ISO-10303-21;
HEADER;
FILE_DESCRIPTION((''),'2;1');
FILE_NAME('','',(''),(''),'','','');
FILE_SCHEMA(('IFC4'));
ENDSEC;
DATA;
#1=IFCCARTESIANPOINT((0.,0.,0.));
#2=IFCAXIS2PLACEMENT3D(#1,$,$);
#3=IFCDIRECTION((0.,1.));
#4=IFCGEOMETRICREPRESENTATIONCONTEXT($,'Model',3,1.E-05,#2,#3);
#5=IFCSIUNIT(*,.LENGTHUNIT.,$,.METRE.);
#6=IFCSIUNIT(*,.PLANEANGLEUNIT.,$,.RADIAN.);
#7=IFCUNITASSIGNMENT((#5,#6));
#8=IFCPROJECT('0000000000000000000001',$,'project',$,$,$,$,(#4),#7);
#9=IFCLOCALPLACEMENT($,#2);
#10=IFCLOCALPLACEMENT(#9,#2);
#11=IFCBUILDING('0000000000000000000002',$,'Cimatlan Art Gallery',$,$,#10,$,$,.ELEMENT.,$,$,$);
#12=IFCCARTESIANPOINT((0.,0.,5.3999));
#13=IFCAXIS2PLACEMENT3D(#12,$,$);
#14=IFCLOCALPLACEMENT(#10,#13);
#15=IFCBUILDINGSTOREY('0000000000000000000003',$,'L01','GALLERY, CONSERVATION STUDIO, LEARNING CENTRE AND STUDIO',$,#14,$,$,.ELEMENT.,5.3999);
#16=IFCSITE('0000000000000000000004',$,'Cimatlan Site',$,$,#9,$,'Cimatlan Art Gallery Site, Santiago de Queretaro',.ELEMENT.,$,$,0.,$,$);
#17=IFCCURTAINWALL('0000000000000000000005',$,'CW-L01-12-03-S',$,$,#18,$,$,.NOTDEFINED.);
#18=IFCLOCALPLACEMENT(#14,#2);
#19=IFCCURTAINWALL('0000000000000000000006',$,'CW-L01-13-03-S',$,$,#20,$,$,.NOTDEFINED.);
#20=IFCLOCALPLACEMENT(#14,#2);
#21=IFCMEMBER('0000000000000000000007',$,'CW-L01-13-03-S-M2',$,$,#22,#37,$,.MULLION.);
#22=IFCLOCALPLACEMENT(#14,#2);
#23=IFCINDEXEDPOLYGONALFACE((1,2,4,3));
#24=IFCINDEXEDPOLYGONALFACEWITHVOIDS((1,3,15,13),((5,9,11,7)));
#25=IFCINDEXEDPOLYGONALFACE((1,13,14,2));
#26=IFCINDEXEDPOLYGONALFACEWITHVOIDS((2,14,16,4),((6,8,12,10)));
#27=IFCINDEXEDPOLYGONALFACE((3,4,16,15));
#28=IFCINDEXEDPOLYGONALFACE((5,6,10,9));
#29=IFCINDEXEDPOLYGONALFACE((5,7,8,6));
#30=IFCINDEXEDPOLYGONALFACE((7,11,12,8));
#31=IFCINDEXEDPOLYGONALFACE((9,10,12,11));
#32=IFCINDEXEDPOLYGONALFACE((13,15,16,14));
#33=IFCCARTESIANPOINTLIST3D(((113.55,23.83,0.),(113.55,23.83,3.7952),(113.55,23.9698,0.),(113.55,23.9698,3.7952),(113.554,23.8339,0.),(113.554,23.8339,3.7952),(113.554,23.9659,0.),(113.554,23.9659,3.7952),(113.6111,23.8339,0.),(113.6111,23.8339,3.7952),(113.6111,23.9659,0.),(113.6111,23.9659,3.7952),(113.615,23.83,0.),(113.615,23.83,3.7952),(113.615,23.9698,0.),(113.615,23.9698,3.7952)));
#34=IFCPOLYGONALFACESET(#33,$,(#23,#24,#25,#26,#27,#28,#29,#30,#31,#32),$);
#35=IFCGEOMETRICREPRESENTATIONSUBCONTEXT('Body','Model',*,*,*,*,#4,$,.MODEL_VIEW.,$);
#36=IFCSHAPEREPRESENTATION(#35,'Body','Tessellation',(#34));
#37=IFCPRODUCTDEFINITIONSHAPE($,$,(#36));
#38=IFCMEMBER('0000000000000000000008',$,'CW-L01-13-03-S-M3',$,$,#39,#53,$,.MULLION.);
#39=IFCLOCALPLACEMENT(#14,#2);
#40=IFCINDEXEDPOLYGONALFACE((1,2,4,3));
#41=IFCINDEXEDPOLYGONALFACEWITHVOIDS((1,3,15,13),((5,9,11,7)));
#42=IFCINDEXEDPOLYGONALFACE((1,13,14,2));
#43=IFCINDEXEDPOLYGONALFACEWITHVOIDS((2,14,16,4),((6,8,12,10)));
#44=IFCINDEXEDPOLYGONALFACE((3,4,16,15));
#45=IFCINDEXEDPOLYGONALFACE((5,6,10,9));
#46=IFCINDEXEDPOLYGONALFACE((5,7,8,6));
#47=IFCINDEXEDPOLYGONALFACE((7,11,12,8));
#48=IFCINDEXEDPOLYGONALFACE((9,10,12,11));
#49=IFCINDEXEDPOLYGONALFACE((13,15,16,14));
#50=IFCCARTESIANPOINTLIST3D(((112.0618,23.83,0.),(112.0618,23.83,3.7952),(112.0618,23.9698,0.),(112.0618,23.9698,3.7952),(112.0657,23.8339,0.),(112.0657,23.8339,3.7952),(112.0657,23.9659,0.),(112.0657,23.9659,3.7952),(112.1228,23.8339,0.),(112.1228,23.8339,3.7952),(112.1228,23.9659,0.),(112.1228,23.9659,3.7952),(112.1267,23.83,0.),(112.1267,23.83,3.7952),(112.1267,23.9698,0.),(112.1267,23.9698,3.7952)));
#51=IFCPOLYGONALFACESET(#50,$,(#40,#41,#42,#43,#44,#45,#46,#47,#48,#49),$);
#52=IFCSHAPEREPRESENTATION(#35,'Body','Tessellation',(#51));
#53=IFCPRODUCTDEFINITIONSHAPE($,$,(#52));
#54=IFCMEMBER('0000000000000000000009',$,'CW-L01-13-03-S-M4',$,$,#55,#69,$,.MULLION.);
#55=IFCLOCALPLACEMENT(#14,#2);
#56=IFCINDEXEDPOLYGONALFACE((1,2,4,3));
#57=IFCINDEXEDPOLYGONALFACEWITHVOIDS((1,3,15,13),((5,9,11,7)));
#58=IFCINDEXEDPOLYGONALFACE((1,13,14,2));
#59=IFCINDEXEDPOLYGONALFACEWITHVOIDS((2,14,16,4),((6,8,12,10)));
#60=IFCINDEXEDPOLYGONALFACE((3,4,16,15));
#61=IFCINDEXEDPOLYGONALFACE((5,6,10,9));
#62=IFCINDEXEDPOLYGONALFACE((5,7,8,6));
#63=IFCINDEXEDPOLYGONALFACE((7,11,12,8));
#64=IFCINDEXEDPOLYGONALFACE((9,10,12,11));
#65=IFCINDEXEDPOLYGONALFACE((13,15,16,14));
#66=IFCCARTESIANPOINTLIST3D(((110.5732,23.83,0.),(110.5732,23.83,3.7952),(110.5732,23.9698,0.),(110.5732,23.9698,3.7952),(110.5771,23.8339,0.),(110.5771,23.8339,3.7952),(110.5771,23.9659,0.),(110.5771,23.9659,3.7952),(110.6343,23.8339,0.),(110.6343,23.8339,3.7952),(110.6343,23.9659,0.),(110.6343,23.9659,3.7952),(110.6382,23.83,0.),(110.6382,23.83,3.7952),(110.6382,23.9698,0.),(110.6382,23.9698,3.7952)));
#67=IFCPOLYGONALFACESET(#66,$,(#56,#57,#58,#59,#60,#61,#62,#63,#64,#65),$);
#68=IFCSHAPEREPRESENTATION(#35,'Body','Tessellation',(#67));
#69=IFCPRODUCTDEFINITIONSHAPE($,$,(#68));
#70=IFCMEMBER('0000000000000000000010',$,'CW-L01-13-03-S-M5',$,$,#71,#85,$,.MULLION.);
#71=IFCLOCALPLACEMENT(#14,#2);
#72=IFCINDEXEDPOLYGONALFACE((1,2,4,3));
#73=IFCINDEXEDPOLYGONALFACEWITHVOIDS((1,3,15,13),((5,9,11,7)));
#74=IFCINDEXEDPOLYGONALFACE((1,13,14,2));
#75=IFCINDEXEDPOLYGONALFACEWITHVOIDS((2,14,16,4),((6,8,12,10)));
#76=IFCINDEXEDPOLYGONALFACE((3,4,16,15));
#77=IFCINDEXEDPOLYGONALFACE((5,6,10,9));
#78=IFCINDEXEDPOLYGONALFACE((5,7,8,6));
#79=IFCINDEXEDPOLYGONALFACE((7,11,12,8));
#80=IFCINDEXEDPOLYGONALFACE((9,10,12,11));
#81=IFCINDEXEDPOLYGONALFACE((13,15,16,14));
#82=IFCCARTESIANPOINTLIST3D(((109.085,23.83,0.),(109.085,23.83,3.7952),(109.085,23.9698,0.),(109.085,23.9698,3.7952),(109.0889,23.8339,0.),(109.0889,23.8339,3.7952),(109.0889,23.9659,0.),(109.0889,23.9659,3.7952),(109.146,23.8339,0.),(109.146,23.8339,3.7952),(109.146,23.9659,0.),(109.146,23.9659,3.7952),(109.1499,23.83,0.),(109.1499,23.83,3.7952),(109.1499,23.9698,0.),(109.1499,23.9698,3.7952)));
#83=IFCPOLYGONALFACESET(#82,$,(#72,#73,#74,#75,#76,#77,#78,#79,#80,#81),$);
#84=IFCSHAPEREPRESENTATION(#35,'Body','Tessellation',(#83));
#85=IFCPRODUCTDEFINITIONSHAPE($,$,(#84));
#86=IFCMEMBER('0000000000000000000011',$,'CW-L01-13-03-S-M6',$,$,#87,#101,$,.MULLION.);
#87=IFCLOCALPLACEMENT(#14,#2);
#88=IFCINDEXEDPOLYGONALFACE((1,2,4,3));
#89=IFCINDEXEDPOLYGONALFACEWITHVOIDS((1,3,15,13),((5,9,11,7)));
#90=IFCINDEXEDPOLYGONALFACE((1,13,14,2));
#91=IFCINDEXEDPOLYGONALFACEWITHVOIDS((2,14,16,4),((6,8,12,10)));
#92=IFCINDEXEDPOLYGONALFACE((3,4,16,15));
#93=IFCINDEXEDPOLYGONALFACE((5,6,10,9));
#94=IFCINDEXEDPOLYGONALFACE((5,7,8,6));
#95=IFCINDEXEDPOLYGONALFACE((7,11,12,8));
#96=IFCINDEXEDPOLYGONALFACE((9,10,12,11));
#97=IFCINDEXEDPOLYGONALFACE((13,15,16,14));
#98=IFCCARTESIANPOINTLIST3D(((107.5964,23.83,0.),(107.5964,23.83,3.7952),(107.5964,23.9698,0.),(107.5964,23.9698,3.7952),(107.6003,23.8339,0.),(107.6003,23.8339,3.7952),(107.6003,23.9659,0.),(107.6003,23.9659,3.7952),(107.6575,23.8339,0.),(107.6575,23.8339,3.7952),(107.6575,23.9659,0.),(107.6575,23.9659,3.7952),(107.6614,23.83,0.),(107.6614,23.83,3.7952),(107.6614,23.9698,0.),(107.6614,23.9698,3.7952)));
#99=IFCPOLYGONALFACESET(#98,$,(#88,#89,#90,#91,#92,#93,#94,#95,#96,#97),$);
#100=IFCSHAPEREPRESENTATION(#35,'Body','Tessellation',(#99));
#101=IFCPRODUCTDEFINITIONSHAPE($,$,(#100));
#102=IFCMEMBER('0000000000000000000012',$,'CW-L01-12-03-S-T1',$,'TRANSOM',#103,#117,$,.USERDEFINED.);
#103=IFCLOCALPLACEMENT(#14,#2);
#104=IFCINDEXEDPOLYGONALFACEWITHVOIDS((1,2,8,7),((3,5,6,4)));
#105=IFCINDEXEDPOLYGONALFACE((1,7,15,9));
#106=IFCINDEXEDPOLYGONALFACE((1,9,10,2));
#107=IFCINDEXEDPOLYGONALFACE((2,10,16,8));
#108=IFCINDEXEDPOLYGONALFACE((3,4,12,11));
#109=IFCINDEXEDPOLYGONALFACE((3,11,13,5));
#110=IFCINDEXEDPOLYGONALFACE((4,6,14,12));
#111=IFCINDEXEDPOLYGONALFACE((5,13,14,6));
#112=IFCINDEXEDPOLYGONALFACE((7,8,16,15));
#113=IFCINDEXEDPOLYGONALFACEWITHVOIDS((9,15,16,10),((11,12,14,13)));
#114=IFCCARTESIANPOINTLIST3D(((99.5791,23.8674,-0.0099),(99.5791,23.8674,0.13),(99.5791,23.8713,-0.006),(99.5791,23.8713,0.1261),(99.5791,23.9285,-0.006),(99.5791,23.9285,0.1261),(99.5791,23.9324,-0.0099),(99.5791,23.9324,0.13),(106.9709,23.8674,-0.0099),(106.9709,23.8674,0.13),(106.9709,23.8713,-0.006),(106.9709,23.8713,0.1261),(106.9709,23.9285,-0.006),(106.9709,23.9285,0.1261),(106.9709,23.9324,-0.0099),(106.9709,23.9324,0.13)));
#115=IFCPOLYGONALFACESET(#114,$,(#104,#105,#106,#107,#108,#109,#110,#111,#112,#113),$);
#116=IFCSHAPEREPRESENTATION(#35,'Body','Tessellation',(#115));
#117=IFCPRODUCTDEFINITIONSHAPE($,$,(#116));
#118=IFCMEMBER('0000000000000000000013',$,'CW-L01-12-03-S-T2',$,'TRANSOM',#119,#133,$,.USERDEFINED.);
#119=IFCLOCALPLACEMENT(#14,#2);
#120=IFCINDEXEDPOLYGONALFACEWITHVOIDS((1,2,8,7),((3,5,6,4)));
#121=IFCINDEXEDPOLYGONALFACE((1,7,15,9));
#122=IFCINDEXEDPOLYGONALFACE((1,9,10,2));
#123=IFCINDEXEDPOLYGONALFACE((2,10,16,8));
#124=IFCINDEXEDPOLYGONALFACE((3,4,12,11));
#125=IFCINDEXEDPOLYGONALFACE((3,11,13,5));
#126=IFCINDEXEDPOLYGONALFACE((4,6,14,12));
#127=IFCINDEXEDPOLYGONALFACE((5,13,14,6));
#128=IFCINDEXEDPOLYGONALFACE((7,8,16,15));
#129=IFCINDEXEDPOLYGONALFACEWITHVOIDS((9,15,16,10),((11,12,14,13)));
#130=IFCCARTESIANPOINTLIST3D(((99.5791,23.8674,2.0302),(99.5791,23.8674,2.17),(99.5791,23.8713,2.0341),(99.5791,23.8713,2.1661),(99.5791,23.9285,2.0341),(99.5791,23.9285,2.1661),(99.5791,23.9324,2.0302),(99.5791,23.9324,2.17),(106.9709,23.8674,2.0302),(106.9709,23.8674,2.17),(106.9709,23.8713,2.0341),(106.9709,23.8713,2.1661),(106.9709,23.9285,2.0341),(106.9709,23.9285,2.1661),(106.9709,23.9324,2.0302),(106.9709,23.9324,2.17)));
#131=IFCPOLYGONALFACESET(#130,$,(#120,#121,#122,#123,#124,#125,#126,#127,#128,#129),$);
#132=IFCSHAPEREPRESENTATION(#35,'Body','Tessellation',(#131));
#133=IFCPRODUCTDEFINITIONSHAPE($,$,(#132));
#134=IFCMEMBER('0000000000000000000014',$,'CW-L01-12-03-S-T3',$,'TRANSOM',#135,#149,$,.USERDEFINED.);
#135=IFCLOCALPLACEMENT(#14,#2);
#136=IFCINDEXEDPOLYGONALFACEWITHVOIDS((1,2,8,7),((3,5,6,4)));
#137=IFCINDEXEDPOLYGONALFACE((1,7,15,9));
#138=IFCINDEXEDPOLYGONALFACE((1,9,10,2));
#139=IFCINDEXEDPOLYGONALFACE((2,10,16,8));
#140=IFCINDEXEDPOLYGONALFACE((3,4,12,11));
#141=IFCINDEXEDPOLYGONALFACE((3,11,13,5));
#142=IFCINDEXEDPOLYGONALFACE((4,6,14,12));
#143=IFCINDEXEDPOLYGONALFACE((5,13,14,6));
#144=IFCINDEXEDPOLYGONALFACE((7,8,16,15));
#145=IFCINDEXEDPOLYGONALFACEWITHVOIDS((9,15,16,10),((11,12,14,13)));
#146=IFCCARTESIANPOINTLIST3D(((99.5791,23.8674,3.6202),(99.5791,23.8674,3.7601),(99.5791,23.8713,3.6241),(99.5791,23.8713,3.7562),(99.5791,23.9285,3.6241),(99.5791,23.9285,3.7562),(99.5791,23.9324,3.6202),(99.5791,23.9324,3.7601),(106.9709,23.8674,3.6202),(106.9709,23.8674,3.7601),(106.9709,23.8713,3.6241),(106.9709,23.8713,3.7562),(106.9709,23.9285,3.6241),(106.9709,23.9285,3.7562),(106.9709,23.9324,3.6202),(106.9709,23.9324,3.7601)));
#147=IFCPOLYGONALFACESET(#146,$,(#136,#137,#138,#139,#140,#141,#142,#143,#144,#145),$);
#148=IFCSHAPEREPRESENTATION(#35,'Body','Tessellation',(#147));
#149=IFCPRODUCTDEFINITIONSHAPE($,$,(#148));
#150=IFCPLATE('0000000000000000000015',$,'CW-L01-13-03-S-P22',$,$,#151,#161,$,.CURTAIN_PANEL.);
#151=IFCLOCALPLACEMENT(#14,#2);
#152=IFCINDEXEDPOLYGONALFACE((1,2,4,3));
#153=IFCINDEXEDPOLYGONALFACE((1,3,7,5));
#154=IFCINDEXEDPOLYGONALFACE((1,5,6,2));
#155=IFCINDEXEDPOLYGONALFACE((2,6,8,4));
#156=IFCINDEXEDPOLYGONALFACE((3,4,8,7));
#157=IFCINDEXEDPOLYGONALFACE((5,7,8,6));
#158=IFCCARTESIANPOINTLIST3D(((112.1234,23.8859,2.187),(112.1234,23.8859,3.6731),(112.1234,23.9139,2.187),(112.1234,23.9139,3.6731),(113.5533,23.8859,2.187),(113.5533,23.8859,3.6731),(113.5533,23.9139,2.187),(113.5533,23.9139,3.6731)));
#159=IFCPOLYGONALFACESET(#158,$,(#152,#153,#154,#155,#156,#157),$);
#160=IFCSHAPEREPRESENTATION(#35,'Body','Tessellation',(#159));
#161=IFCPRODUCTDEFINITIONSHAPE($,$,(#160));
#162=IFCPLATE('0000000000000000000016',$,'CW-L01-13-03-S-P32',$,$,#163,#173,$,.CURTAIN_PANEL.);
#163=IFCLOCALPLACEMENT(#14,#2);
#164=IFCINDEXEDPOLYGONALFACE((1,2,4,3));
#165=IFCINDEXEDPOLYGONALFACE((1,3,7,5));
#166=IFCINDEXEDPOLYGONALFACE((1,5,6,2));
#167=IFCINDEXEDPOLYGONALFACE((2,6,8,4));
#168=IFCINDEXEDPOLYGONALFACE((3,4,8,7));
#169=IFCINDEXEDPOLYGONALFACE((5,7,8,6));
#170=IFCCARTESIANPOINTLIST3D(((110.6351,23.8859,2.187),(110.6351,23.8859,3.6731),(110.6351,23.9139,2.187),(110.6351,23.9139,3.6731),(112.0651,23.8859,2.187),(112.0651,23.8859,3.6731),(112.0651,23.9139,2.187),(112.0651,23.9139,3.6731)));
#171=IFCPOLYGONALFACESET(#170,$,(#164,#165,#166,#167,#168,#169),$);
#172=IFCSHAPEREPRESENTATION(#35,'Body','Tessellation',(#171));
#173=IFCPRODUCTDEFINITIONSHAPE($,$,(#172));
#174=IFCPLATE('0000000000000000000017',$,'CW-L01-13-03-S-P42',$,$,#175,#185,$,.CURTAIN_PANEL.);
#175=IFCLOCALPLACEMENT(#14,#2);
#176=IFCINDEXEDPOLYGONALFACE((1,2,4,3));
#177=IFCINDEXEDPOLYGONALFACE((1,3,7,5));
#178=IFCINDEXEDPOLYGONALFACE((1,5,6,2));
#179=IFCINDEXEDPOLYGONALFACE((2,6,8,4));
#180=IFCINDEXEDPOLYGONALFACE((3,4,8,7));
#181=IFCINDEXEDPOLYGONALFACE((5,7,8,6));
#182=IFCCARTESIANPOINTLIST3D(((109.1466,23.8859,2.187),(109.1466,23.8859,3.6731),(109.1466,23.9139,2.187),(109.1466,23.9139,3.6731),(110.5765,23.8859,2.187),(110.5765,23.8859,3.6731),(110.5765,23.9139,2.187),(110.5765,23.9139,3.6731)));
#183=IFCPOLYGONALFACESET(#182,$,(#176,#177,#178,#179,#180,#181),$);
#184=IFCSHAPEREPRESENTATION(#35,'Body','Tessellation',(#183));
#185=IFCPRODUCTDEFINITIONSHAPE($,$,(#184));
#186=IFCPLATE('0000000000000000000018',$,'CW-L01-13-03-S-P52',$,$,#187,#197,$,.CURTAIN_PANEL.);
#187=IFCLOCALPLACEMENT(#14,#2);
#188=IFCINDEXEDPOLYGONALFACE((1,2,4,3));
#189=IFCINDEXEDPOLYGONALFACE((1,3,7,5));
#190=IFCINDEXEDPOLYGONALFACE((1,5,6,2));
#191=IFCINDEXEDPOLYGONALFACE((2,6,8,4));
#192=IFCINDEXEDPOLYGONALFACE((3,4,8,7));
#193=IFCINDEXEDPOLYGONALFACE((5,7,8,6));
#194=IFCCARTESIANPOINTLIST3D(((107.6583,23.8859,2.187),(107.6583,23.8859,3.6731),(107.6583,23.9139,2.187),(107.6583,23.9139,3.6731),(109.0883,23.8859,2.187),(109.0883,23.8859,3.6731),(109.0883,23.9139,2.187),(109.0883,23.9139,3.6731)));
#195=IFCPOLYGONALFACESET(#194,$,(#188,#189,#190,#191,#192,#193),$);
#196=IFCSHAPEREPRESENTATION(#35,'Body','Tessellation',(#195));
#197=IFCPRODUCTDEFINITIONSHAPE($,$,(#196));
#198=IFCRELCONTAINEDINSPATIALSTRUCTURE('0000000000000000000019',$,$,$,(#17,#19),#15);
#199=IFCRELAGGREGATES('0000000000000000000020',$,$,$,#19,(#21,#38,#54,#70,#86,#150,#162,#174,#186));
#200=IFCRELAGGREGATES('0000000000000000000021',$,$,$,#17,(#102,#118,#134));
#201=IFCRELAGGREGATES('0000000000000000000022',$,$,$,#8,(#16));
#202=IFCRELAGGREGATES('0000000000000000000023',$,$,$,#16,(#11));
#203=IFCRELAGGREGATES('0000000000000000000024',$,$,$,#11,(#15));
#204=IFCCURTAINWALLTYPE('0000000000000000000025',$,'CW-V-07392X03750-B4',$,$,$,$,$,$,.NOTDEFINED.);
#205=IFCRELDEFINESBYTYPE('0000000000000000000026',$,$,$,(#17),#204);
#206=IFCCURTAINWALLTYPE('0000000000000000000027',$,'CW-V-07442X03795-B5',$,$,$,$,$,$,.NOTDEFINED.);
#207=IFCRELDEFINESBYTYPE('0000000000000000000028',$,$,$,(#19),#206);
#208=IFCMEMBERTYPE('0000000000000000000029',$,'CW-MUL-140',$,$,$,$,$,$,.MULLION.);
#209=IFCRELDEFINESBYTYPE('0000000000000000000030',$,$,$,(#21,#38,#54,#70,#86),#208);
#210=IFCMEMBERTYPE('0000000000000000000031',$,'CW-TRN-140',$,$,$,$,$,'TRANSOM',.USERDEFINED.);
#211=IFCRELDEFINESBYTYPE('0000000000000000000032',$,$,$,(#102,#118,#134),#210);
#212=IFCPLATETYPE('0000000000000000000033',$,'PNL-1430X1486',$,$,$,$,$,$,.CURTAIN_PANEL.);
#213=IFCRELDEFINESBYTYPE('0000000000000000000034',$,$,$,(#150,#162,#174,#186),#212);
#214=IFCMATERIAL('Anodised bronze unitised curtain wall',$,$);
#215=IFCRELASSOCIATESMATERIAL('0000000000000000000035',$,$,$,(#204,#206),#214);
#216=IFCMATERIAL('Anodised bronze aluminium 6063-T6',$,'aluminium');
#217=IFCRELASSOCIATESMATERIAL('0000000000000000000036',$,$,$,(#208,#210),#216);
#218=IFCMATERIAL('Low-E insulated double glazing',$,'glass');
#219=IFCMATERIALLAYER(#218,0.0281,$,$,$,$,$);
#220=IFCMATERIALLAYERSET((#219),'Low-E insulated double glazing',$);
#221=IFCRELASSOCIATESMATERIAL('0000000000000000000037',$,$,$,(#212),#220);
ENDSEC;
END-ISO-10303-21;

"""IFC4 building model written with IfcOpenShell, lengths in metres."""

from ifc_helpers import new_model, si_unit, direction, frame, origin, origin_2d, place, context, subcontext, project, spatial, rectangle, hollow_rectangle, extrude, material, layer, layer_set, material_profile, profile_set, type_object, element, aggregate, save


model = new_model("IFC4")

# Units and contexts
model_context = context("Model", 3, precision=1e-05, world=origin(), true_north=direction((0.0, 1.0)))
body_context = subcontext(model_context, "Body", "Model", "MODEL_VIEW")
ifc_project = project(units=[si_unit("LENGTHUNIT", "METRE"), si_unit("PLANEANGLEUNIT", "RADIAN")], contexts=[model_context])

# Site, building, storey
site_placement = place(None, origin())
site = spatial("IfcSite", under=ifc_project, at=site_placement, Name="Cimatlan Site", LongName="Cimatlan Art Gallery Site, Santiago de Queretaro", CompositionType="ELEMENT", RefElevation=0.0)
building_placement = place(site_placement, origin())
building = spatial("IfcBuilding", under=site, at=building_placement, Name="Cimatlan Art Gallery", CompositionType="ELEMENT")
storey_placement = place(building_placement, frame((0.0, 0.0, 5.3999)))
storey = spatial("IfcBuildingStorey", under=building, at=storey_placement, Name="L01", Description="GALLERY, CONSERVATION STUDIO, LEARNING CENTRE AND STUDIO", CompositionType="ELEMENT", Elevation=5.3999)

# Curtain walls, members
ifc_material_1 = material(Name="Anodised bronze unitised curtain wall")
curtain_wall_type_1 = type_object("IfcCurtainWallType", Name="CW-V-07392X03750-B4", PredefinedType="NOTDEFINED", material=ifc_material_1)
curtain_wall_1_placement = place(storey_placement, origin())
curtain_wall_1 = element("IfcCurtainWall", 1, at=curtain_wall_1_placement, inside=storey, type_object=curtain_wall_type_1, Name="CW-L01-12-03-S", PredefinedType="NOTDEFINED")
ifc_material_2 = material(Name="Anodised bronze aluminium 6063-T6", Category="aluminium")
ifc_material_profile_1 = material_profile(ifc_material_2, hollow_rectangle(XDim=0.0649, YDim=0.1399, WallThickness=0.0039, at=origin_2d()), Name="ALU65X140X4")
ifc_profile_set_1 = profile_set([ifc_material_profile_1], Name="Anodised bronze aluminium 6063-T6")
member_type_1 = type_object("IfcMemberType", Name="CW-MUL-140", PredefinedType="MULLION", material=ifc_profile_set_1)
curtain_wall_type_2 = type_object("IfcCurtainWallType", Name="CW-V-07442X03795-B5", PredefinedType="NOTDEFINED", material=ifc_material_1)
curtain_wall_2_placement = place(storey_placement, origin())
curtain_wall_2 = element("IfcCurtainWall", 2, at=curtain_wall_2_placement, inside=storey, type_object=curtain_wall_type_2, Name="CW-L01-13-03-S", PredefinedType="NOTDEFINED")
member_1_placement = place(storey_placement, frame((113.5825, 23.8999, 0.0), z_axis=(0.0, 0.0, 1.0), x_axis=(1.0, 0.0, 0.0)))
member_1 = element("IfcMember", 3, at=member_1_placement, type_object=member_type_1, Name="CW-L01-13-03-S-M2", PredefinedType="MULLION", context=body_context, shape_type="SweptSolid", body=[
    extrude(hollow_rectangle(XDim=0.0649, YDim=0.1399, WallThickness=0.0039, at=origin_2d()), origin(), (0.0, 0.0, 1.0), 3.7952),
])
member_2_placement = place(storey_placement, frame((112.0942, 23.8999, 0.0), z_axis=(0.0, 0.0, 1.0), x_axis=(1.0, 0.0, 0.0)))
member_2 = element("IfcMember", 4, at=member_2_placement, type_object=member_type_1, Name="CW-L01-13-03-S-M3", PredefinedType="MULLION", context=body_context, shape_type="SweptSolid", body=[
    extrude(hollow_rectangle(XDim=0.0649, YDim=0.1399, WallThickness=0.0039, at=origin_2d()), origin(), (0.0, 0.0, 1.0), 3.7952),
])
member_3_placement = place(storey_placement, frame((110.6057, 23.8999, 0.0), z_axis=(0.0, 0.0, 1.0), x_axis=(1.0, 0.0, 0.0)))
member_3 = element("IfcMember", 5, at=member_3_placement, type_object=member_type_1, Name="CW-L01-13-03-S-M4", PredefinedType="MULLION", context=body_context, shape_type="SweptSolid", body=[
    extrude(hollow_rectangle(XDim=0.0649, YDim=0.1399, WallThickness=0.0039, at=origin_2d()), origin(), (0.0, 0.0, 1.0), 3.7952),
])
member_4_placement = place(storey_placement, frame((109.1174, 23.8999, 0.0), z_axis=(0.0, 0.0, 1.0), x_axis=(1.0, 0.0, 0.0)))
member_4 = element("IfcMember", 6, at=member_4_placement, type_object=member_type_1, Name="CW-L01-13-03-S-M5", PredefinedType="MULLION", context=body_context, shape_type="SweptSolid", body=[
    extrude(hollow_rectangle(XDim=0.0649, YDim=0.1399, WallThickness=0.0039, at=origin_2d()), origin(), (0.0, 0.0, 1.0), 3.7952),
])
member_5_placement = place(storey_placement, frame((107.6289, 23.8999, 0.0), z_axis=(0.0, 0.0, 1.0), x_axis=(1.0, 0.0, 0.0)))
member_5 = element("IfcMember", 7, at=member_5_placement, type_object=member_type_1, Name="CW-L01-13-03-S-M6", PredefinedType="MULLION", context=body_context, shape_type="SweptSolid", body=[
    extrude(hollow_rectangle(XDim=0.0649, YDim=0.1399, WallThickness=0.0039, at=origin_2d()), origin(), (0.0, 0.0, 1.0), 3.7952),
])

# Members
ifc_material_profile_2 = material_profile(ifc_material_2, hollow_rectangle(XDim=0.0649, YDim=0.1399, WallThickness=0.0039, at=origin_2d()), Name="ALU65X140X4")
ifc_profile_set_2 = profile_set([ifc_material_profile_2], Name="Anodised bronze aluminium 6063-T6")
member_type_2 = type_object("IfcMemberType", Name="CW-TRN-140", ElementType="TRANSOM", PredefinedType="USERDEFINED", material=ifc_profile_set_2)
member_6_placement = place(storey_placement, frame((106.9709, 23.8999, 0.0601), z_axis=(-1.0, 0.0, 0.0), x_axis=(0.0, -1.0, 0.0)))
member_6 = element("IfcMember", 8, at=member_6_placement, type_object=member_type_2, Name="CW-L01-12-03-S-T1", ObjectType="TRANSOM", PredefinedType="USERDEFINED", context=body_context, shape_type="SweptSolid", body=[
    extrude(hollow_rectangle(XDim=0.0649, YDim=0.1399, WallThickness=0.0039, at=origin_2d()), origin(), (0.0, 0.0, 1.0), 7.3918),
])
member_7_placement = place(storey_placement, frame((106.9709, 23.8999, 2.1001), z_axis=(-1.0, 0.0, 0.0), x_axis=(0.0, -1.0, 0.0)))
member_7 = element("IfcMember", 9, at=member_7_placement, type_object=member_type_2, Name="CW-L01-12-03-S-T2", ObjectType="TRANSOM", PredefinedType="USERDEFINED", context=body_context, shape_type="SweptSolid", body=[
    extrude(hollow_rectangle(XDim=0.0649, YDim=0.1399, WallThickness=0.0039, at=origin_2d()), origin(), (0.0, 0.0, 1.0), 7.3918),
])
member_8_placement = place(storey_placement, frame((106.9709, 23.8999, 3.6902), z_axis=(-1.0, 0.0, 0.0), x_axis=(0.0, -1.0, 0.0)))
member_8 = element("IfcMember", 10, at=member_8_placement, type_object=member_type_2, Name="CW-L01-12-03-S-T3", ObjectType="TRANSOM", PredefinedType="USERDEFINED", context=body_context, shape_type="SweptSolid", body=[
    extrude(hollow_rectangle(XDim=0.0649, YDim=0.1399, WallThickness=0.0039, at=origin_2d()), origin(), (0.0, 0.0, 1.0), 7.3918),
])

# Plates
ifc_material_3 = material(Name="Low-E insulated double glazing", Category="glass")
ifc_layer_1 = layer(ifc_material_3, 0.0281)
ifc_layer_set_1 = layer_set([ifc_layer_1], Name="Low-E insulated double glazing")
plate_type_1 = type_object("IfcPlateType", Name="PNL-1430X1486", PredefinedType="CURTAIN_PANEL", material=ifc_layer_set_1)
plate_1_placement = place(storey_placement, frame((112.8384, 23.8999, 2.187), z_axis=(0.0, 0.0, 1.0), x_axis=(-1.0, 0.0, 0.0)))
plate_1 = element("IfcPlate", 11, at=plate_1_placement, type_object=plate_type_1, Name="CW-L01-13-03-S-P22", PredefinedType="CURTAIN_PANEL", context=body_context, shape_type="SweptSolid", body=[
    extrude(rectangle(XDim=1.4299, YDim=0.0281, at=origin_2d()), origin(), (0.0, 0.0, 1.0), 1.4861),
])
plate_2_placement = place(storey_placement, frame((111.3501, 23.8999, 2.187), z_axis=(0.0, 0.0, 1.0), x_axis=(-1.0, 0.0, 0.0)))
plate_2 = element("IfcPlate", 12, at=plate_2_placement, type_object=plate_type_1, Name="CW-L01-13-03-S-P32", PredefinedType="CURTAIN_PANEL", context=body_context, shape_type="SweptSolid", body=[
    extrude(rectangle(XDim=1.4299, YDim=0.0281, at=origin_2d()), origin(), (0.0, 0.0, 1.0), 1.4861),
])
plate_3_placement = place(storey_placement, frame((109.8616, 23.8999, 2.187), z_axis=(0.0, 0.0, 1.0), x_axis=(-1.0, 0.0, 0.0)))
plate_3 = element("IfcPlate", 13, at=plate_3_placement, type_object=plate_type_1, Name="CW-L01-13-03-S-P42", PredefinedType="CURTAIN_PANEL", context=body_context, shape_type="SweptSolid", body=[
    extrude(rectangle(XDim=1.4299, YDim=0.0281, at=origin_2d()), origin(), (0.0, 0.0, 1.0), 1.4861),
])
plate_4_placement = place(storey_placement, frame((108.3733, 23.8999, 2.187), z_axis=(0.0, 0.0, 1.0), x_axis=(-1.0, 0.0, 0.0)))
plate_4 = element("IfcPlate", 14, at=plate_4_placement, type_object=plate_type_1, Name="CW-L01-13-03-S-P52", PredefinedType="CURTAIN_PANEL", context=body_context, shape_type="SweptSolid", body=[
    extrude(rectangle(XDim=1.4299, YDim=0.0281, at=origin_2d()), origin(), (0.0, 0.0, 1.0), 1.4861),
])
aggregate(curtain_wall_2, [member_1, member_2, member_3, member_4, member_5, plate_1, plate_2, plate_3, plate_4])
aggregate(curtain_wall_1, [member_6, member_7, member_8])

save(model, "model.ifc")
